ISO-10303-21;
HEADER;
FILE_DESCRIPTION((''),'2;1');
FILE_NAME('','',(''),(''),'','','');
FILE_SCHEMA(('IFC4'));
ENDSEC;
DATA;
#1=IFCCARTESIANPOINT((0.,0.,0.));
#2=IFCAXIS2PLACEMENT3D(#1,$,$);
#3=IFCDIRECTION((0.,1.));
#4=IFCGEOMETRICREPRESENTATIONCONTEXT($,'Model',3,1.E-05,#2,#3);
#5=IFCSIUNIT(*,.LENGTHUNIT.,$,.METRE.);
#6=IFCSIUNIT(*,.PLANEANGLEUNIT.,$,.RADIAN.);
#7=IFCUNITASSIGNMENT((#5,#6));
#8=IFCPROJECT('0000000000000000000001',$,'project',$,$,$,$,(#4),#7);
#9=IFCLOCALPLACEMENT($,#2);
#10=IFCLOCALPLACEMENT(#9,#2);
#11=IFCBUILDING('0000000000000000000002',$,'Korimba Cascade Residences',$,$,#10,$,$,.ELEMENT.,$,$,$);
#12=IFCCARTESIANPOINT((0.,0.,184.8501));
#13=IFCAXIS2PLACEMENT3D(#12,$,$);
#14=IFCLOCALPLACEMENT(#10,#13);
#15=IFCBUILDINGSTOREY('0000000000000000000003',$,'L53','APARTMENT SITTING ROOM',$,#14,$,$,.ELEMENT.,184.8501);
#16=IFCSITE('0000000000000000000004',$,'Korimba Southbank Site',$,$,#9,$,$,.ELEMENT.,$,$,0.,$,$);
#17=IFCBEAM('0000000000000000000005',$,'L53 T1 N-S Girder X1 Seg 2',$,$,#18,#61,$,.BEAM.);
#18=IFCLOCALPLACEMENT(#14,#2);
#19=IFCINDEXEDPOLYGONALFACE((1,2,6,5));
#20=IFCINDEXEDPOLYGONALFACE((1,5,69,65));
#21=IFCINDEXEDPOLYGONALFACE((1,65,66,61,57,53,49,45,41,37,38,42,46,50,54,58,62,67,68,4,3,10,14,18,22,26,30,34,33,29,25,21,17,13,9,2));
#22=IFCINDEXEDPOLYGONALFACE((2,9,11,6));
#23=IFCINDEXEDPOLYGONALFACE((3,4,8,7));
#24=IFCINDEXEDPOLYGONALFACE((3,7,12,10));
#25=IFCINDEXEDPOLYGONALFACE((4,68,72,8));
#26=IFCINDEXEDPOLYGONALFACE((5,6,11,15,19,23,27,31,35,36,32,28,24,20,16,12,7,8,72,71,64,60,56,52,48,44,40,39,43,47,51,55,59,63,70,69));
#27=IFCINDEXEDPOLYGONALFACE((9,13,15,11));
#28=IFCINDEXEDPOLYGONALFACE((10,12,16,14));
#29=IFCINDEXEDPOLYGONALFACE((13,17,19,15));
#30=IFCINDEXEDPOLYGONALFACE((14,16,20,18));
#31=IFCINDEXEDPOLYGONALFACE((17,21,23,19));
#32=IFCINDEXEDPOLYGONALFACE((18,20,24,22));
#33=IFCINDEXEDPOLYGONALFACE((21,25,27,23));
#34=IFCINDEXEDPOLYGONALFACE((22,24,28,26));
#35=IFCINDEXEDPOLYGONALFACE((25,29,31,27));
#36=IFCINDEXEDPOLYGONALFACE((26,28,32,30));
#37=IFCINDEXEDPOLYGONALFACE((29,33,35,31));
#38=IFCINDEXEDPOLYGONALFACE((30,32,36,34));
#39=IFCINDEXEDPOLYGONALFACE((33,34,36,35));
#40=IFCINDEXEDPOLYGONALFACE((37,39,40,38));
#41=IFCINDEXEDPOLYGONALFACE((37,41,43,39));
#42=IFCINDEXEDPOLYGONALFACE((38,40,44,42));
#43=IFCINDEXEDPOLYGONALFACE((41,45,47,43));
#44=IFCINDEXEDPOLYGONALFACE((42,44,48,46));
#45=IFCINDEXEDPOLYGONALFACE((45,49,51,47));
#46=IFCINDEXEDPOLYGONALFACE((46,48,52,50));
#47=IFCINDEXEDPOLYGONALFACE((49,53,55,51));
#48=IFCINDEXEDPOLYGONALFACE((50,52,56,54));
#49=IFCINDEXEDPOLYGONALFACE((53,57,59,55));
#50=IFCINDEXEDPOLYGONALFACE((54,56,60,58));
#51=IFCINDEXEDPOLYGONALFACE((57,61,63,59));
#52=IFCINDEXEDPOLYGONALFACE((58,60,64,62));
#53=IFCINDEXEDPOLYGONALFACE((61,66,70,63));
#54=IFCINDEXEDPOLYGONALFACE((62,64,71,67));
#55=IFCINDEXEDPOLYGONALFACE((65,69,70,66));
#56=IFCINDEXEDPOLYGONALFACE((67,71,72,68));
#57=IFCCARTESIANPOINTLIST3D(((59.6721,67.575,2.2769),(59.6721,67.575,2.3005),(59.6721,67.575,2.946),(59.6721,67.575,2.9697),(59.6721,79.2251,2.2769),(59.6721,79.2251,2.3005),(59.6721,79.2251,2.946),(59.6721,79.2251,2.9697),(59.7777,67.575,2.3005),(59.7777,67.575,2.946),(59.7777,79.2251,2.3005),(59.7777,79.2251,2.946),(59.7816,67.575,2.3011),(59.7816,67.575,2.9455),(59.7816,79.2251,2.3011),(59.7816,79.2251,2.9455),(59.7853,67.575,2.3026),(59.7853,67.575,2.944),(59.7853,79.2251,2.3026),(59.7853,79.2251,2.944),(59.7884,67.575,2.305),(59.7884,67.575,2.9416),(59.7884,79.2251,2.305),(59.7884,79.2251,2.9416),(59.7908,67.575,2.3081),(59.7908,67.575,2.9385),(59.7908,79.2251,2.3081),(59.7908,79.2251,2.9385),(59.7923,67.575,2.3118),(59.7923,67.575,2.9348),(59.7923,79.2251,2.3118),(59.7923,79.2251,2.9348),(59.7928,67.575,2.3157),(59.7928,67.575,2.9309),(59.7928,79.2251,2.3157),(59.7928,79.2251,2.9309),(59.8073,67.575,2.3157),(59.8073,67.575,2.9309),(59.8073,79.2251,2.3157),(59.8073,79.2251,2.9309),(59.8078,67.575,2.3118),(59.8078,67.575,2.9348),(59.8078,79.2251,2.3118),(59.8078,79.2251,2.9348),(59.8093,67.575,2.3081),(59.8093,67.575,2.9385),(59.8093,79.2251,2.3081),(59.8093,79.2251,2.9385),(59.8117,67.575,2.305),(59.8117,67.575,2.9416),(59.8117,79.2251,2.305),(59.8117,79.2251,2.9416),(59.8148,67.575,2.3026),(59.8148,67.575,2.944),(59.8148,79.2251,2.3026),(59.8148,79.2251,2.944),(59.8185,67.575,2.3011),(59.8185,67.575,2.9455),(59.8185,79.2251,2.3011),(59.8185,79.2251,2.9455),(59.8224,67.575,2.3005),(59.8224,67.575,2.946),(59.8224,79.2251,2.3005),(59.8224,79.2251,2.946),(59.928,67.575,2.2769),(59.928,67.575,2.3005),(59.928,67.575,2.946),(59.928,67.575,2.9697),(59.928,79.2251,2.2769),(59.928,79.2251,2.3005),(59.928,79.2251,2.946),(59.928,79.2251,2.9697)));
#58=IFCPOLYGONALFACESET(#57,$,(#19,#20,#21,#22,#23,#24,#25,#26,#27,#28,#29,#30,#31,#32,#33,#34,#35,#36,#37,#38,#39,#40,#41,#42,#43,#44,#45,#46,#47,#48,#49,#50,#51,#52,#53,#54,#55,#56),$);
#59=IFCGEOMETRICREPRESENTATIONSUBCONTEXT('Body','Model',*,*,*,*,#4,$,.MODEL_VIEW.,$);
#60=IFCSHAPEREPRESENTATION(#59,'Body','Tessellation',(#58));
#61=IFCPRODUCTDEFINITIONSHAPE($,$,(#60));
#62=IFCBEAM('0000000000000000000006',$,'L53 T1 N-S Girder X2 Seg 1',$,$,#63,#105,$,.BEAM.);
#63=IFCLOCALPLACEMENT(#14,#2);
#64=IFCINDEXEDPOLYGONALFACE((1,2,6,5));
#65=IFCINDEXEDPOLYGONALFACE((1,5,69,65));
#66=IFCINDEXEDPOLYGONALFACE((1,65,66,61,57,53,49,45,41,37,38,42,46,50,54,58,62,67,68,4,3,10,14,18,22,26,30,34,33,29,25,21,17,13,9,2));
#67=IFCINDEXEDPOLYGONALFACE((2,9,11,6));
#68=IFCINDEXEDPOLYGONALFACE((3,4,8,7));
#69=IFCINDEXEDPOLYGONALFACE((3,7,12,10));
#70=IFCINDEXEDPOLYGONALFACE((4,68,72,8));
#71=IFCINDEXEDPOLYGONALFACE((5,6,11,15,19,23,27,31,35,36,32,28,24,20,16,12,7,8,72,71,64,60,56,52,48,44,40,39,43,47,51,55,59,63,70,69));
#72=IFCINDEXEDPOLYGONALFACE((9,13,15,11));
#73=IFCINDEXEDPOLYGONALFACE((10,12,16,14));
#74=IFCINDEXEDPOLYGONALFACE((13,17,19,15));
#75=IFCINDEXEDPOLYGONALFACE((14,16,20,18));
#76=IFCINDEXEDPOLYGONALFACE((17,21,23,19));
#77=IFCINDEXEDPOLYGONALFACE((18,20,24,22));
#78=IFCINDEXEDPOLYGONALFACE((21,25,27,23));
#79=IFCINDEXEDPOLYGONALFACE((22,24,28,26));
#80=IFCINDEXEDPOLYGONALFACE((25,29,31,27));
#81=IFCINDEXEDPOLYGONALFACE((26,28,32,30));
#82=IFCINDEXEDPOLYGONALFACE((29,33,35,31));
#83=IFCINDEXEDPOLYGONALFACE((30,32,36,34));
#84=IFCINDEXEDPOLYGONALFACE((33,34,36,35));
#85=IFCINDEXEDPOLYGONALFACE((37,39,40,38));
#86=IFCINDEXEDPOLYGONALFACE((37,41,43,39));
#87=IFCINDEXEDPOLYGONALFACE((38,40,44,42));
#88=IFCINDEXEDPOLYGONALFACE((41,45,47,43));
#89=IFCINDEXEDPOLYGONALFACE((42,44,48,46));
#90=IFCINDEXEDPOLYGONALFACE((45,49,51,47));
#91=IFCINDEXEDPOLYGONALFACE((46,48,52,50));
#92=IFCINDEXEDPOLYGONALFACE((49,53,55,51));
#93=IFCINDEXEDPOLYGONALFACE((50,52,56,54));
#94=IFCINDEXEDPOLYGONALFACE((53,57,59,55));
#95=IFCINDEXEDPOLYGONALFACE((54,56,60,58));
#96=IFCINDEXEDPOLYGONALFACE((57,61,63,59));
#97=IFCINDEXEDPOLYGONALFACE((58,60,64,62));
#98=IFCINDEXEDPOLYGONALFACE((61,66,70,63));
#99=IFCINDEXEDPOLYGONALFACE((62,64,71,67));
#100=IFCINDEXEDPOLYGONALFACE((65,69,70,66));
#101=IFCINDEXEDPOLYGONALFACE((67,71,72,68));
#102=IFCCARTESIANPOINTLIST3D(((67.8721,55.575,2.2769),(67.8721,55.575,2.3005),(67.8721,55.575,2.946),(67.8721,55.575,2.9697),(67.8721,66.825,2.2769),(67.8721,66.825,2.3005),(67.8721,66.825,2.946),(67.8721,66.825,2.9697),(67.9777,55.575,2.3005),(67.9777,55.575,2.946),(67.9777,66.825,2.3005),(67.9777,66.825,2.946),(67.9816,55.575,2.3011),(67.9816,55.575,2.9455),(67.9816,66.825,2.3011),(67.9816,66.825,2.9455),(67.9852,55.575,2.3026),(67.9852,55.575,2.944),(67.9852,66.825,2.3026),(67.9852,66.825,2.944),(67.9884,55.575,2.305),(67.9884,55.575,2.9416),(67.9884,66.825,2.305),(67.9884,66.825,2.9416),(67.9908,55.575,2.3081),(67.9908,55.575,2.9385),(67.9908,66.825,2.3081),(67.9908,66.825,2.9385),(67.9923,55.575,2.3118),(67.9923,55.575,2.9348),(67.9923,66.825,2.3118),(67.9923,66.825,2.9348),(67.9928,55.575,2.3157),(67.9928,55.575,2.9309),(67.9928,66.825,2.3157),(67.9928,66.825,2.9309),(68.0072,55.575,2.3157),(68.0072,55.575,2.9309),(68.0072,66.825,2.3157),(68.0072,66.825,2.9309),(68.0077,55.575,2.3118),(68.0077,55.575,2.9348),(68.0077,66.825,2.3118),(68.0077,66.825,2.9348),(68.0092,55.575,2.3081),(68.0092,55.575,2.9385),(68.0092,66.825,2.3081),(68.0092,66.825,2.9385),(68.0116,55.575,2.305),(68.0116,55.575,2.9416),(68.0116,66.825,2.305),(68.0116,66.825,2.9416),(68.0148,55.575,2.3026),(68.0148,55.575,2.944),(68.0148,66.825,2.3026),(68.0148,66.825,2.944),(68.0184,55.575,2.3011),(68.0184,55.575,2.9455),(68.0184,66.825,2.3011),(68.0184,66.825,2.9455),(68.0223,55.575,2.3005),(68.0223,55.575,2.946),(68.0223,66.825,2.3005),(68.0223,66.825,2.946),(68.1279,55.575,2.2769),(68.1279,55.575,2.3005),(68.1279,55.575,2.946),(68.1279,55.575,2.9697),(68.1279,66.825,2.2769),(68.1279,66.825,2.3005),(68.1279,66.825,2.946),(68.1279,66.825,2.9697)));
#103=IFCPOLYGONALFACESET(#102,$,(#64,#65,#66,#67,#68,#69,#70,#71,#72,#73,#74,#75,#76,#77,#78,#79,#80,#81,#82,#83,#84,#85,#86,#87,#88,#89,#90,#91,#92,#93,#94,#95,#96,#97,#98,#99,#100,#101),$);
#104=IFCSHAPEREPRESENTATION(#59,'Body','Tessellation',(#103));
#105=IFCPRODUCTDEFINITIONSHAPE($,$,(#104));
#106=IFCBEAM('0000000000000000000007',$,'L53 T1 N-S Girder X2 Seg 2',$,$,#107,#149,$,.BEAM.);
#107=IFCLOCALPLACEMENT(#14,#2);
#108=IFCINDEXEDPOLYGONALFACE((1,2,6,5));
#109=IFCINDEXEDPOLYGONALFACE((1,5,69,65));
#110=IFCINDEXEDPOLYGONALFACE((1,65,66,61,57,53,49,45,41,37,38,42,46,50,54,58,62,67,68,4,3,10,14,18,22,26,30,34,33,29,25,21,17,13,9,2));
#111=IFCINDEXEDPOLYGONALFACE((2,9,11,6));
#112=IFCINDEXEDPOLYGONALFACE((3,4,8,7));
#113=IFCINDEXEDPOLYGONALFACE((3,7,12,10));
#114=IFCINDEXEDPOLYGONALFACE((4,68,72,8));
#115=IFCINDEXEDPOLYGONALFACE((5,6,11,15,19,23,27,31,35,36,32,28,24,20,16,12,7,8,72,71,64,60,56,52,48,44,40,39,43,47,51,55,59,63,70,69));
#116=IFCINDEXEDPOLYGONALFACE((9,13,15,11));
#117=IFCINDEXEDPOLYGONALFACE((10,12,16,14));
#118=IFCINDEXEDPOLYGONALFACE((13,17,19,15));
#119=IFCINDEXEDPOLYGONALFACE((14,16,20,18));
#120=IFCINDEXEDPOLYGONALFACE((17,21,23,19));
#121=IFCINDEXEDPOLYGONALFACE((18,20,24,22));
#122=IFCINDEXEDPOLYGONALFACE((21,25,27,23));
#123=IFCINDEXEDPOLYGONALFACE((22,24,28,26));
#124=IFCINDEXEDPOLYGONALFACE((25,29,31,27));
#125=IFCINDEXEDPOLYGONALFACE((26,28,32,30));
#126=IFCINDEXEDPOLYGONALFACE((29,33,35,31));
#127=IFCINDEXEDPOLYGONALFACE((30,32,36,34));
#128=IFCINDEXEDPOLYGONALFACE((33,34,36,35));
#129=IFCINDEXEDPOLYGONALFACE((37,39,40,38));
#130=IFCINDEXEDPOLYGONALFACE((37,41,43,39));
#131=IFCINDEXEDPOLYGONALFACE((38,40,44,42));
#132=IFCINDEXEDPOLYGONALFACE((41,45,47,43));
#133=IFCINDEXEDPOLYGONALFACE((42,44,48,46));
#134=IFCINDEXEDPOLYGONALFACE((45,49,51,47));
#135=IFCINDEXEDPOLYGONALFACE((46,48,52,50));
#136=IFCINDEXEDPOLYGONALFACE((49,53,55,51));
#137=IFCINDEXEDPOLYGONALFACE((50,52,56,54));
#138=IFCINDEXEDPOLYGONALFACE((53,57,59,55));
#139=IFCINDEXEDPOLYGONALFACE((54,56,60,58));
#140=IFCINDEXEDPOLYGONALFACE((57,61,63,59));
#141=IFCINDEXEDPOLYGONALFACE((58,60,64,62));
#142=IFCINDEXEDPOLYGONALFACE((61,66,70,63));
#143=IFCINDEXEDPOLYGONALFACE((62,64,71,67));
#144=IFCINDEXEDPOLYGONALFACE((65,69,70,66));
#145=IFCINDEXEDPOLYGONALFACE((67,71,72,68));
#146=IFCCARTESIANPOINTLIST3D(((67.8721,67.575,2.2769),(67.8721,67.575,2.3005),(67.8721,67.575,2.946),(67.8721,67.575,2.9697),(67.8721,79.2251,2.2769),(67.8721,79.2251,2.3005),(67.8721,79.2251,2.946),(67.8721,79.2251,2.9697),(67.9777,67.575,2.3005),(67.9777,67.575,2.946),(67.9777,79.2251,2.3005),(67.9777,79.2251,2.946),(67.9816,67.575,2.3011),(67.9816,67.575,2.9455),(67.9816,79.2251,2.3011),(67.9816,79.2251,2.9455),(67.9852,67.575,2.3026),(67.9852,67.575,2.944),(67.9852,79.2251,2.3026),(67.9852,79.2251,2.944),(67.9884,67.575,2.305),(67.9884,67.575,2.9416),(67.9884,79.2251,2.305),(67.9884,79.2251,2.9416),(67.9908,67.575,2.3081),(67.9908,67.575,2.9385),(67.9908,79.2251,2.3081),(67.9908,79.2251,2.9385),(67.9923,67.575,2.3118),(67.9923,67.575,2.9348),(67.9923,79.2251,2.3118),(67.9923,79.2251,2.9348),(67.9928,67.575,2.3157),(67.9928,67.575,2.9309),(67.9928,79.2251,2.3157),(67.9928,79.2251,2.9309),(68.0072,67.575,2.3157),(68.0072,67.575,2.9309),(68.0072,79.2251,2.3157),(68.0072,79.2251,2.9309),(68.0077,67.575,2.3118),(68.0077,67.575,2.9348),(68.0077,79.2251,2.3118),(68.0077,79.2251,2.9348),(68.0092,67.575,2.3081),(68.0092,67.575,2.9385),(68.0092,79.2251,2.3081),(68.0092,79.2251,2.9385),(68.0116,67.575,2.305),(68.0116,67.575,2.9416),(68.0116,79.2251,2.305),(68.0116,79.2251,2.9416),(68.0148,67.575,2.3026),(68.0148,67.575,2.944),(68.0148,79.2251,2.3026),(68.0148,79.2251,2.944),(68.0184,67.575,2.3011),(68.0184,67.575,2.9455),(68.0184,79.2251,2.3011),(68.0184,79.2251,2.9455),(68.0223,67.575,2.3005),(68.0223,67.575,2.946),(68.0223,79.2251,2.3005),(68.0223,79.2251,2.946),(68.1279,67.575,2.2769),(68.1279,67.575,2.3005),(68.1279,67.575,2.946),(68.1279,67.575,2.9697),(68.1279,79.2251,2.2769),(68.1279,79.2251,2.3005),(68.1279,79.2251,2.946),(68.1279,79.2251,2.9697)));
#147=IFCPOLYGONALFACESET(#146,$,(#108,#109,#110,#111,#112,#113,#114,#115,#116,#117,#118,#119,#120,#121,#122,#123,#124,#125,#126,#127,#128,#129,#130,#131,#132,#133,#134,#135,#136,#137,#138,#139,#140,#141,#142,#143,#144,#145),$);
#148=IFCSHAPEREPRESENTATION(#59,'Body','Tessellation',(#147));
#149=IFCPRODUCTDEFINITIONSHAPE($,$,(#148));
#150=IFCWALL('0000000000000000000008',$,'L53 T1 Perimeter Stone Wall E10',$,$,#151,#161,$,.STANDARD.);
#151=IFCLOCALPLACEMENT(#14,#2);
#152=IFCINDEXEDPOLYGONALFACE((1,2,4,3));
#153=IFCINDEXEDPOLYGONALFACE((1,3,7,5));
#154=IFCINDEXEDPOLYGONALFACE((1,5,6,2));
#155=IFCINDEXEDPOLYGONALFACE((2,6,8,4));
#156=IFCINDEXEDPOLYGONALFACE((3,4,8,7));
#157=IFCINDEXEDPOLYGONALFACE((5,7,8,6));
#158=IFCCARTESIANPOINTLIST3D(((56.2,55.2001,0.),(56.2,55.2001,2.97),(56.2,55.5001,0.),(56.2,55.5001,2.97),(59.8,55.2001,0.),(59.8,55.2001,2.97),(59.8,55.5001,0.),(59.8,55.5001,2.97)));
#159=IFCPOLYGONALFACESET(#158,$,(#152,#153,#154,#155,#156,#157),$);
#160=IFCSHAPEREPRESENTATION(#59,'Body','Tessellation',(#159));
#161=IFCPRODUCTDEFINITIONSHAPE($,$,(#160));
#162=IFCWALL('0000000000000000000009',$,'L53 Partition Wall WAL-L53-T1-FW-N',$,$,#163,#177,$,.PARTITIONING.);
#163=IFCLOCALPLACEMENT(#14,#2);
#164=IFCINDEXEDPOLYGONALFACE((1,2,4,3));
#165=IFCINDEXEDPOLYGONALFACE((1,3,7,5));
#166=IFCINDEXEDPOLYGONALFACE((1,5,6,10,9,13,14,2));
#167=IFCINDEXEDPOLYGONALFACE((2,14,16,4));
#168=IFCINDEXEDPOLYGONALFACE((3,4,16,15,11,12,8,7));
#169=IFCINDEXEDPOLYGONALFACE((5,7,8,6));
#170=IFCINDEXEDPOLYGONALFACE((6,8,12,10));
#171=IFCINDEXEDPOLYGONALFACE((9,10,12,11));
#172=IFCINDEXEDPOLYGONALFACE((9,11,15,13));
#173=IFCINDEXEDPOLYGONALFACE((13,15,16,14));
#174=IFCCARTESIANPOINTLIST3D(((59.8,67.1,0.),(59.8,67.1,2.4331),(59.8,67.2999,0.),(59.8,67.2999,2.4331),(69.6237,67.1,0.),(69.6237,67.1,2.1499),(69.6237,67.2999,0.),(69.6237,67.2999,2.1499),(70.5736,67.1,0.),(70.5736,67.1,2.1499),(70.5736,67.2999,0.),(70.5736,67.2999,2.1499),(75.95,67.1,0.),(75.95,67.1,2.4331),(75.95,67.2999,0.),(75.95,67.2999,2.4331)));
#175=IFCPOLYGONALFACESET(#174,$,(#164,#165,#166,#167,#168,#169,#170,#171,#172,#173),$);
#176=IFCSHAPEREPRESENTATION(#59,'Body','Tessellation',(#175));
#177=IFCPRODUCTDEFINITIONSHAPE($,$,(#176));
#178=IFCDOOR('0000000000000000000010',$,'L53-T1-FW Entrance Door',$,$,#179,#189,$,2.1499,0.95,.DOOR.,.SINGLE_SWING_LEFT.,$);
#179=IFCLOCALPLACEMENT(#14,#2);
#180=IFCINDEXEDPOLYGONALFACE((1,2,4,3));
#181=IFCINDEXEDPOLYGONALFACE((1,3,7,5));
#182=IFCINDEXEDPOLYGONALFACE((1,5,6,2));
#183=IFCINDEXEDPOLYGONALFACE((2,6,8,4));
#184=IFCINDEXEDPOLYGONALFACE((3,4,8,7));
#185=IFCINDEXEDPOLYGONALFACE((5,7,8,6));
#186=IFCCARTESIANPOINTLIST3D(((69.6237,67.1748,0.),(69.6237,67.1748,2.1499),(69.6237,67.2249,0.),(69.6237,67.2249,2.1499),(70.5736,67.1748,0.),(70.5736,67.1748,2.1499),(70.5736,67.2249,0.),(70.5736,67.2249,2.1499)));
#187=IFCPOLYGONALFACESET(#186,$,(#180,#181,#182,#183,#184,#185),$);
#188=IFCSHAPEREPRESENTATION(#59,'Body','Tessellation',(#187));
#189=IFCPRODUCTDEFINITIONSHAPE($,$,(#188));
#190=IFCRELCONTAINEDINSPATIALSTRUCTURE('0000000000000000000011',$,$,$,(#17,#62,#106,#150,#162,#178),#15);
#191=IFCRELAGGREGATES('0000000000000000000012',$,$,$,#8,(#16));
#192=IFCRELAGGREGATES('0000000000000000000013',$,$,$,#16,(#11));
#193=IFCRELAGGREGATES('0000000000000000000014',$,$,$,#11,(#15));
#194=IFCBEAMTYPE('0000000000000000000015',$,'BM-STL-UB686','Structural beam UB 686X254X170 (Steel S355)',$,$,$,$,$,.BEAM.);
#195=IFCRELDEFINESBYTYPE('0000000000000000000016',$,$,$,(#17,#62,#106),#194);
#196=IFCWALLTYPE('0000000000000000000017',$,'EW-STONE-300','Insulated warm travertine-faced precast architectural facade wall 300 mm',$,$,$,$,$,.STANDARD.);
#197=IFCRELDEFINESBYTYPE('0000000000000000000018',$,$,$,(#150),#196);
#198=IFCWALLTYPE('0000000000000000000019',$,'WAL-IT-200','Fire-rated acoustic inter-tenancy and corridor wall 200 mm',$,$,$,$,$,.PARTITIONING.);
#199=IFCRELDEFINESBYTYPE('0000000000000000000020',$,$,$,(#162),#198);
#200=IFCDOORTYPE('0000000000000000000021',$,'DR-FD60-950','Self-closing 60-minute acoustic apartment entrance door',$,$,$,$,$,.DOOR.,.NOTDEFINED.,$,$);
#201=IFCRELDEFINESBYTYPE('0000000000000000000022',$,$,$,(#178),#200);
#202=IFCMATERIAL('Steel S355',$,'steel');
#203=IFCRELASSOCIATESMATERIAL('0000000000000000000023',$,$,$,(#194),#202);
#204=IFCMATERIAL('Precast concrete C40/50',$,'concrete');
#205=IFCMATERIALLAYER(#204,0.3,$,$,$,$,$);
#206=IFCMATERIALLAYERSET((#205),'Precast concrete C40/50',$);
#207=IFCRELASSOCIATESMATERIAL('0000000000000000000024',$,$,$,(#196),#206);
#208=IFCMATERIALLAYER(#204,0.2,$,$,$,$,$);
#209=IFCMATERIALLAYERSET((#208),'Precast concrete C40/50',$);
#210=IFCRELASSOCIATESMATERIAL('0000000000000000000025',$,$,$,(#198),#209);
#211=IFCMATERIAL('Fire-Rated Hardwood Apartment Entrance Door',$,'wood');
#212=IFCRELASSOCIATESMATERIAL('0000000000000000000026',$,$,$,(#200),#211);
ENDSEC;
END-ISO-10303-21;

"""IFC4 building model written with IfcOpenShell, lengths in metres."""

from ifc_helpers import new_model, si_unit, direction, frame, frame_2d, origin, origin_2d, place, context, subcontext, project, spatial, rectangle, i_section, extrude, material, layer, layer_set, material_profile, profile_set, type_object, element, fill, save


model = new_model("IFC4")

# Units and contexts
model_context = context("Model", 3, precision=1e-05, world=origin(), true_north=direction((0.0, 1.0)))
body_context = subcontext(model_context, "Body", "Model", "MODEL_VIEW")
ifc_project = project(units=[si_unit("LENGTHUNIT", "METRE"), si_unit("PLANEANGLEUNIT", "RADIAN")], contexts=[model_context])

# Site, building, storey
site_placement = place(None, origin())
site = spatial("IfcSite", under=ifc_project, at=site_placement, Name="Korimba Southbank Site", CompositionType="ELEMENT", RefElevation=0.0)
building_placement = place(site_placement, origin())
building = spatial("IfcBuilding", under=site, at=building_placement, Name="Korimba Cascade Residences", CompositionType="ELEMENT")
storey_placement = place(building_placement, frame((0.0, 0.0, 184.8501)))
storey = spatial("IfcBuildingStorey", under=building, at=storey_placement, Name="L53", Description="APARTMENT SITTING ROOM", CompositionType="ELEMENT", Elevation=184.8501)

# Beams
ifc_material_1 = material(Name="Steel S355", Category="steel")
ifc_material_profile_1 = material_profile(ifc_material_1, i_section(OverallWidth=0.2559, OverallDepth=0.6929, WebThickness=0.0144, FlangeThickness=0.0237, FilletRadius=0.0151, at=origin_2d()), Name="Steel S355")
ifc_profile_set_1 = profile_set([ifc_material_profile_1], Name="Steel S355")
beam_type_1 = type_object("IfcBeamType", Name="BM-STL-UB686", Description="Structural beam UB 686X254X170 (Steel S355)", PredefinedType="BEAM", material=ifc_profile_set_1)
beam_1_placement = place(storey_placement, frame((59.8, 67.575, 2.6233), z_axis=(0.0, 1.0, 0.0), x_axis=(-1.0, 0.0, 0.0)))
element("IfcBeam", 1, at=beam_1_placement, inside=storey, type_object=beam_type_1, Name="L53 T1 N-S Girder X1 Seg 2", PredefinedType="BEAM", context=body_context, shape_type="SweptSolid", body=[
    extrude(i_section(OverallWidth=0.2559, OverallDepth=0.6929, WebThickness=0.0144, FlangeThickness=0.0237, FilletRadius=0.0151, at=origin_2d()), origin(), (0.0, 0.0, 1.0), 11.6501),
])
beam_2_placement = place(storey_placement, frame((68.0, 55.575, 2.6233), z_axis=(0.0, 1.0, 0.0), x_axis=(-1.0, 0.0, 0.0)))
element("IfcBeam", 2, at=beam_2_placement, inside=storey, type_object=beam_type_1, Name="L53 T1 N-S Girder X2 Seg 1", PredefinedType="BEAM", context=body_context, shape_type="SweptSolid", body=[
    extrude(i_section(OverallWidth=0.2559, OverallDepth=0.6929, WebThickness=0.0144, FlangeThickness=0.0237, FilletRadius=0.0151, at=origin_2d()), origin(), (0.0, 0.0, 1.0), 11.25),
])
beam_3_placement = place(storey_placement, frame((68.0, 67.575, 2.6233), z_axis=(0.0, 1.0, 0.0), x_axis=(-1.0, 0.0, 0.0)))
element("IfcBeam", 3, at=beam_3_placement, inside=storey, type_object=beam_type_1, Name="L53 T1 N-S Girder X2 Seg 2", PredefinedType="BEAM", context=body_context, shape_type="SweptSolid", body=[
    extrude(i_section(OverallWidth=0.2559, OverallDepth=0.6929, WebThickness=0.0144, FlangeThickness=0.0237, FilletRadius=0.0151, at=origin_2d()), origin(), (0.0, 0.0, 1.0), 11.6501),
])

# Wall
ifc_material_2 = material(Name="Precast concrete C40/50", Category="concrete")
ifc_layer_1 = layer(ifc_material_2, 0.3)
ifc_layer_set_1 = layer_set([ifc_layer_1], Name="Precast concrete C40/50")
wall_type_1 = type_object("IfcWallType", Name="EW-STONE-300", Description="Insulated warm travertine-faced precast architectural facade wall 300 mm", PredefinedType="STANDARD", material=ifc_layer_set_1)
wall_1_placement = place(storey_placement, frame((56.2, 55.3501, 0.0), z_axis=(0.0, 0.0, 1.0), x_axis=(1.0, 0.0, 0.0)))
element("IfcWall", 4, at=wall_1_placement, inside=storey, type_object=wall_type_1, Name="L53 T1 Perimeter Stone Wall E10", PredefinedType="STANDARD", context=body_context, shape_type="SweptSolid", body=[
    extrude(rectangle(XDim=3.6001, YDim=0.3, at=frame_2d((1.8, 0.0))), origin(), (0.0, 0.0, 1.0), 2.97),
])

# Wall, opening, door
ifc_layer_2 = layer(ifc_material_2, 0.2)
ifc_layer_set_2 = layer_set([ifc_layer_2], Name="Precast concrete C40/50")
wall_type_2 = type_object("IfcWallType", Name="WAL-IT-200", Description="Fire-rated acoustic inter-tenancy and corridor wall 200 mm", PredefinedType="PARTITIONING", material=ifc_layer_set_2)
wall_2_placement = place(storey_placement, frame((59.8, 67.2, 0.0), z_axis=(0.0, 0.0, 1.0), x_axis=(1.0, 0.0, 0.0)))
wall_2 = element("IfcWall", 5, at=wall_2_placement, inside=storey, type_object=wall_type_2, Name="L53 Partition Wall WAL-L53-T1-FW-N", PredefinedType="PARTITIONING", context=body_context, shape_type="SweptSolid", body=[
    extrude(rectangle(XDim=16.1499, YDim=0.2, at=frame_2d((8.075, 0.0))), origin(), (0.0, 0.0, 1.0), 2.4331),
])
opening_1_placement = place(wall_2_placement, frame((9.8235, 0.0, 0.0)))
opening_1 = element("IfcOpeningElement", 6, at=opening_1_placement, cuts=wall_2, PredefinedType="OPENING", context=body_context, shape_type="SweptSolid", body=[
    extrude(rectangle(XDim=0.95, YDim=2.1499, at=frame_2d((0.4751, 1.075))), frame((0.0, 0.1099, 0.0), z_axis=(0.0, -1.0, 0.0), x_axis=(1.0, 0.0, 0.0)), (0.0, 0.0, 1.0), 0.22),
])
ifc_material_3 = material(Name="Fire-Rated Hardwood Apartment Entrance Door", Category="wood")
door_type_1 = type_object("IfcDoorType", Name="DR-FD60-950", Description="Self-closing 60-minute acoustic apartment entrance door", OperationType="NOTDEFINED", PredefinedType="DOOR", material=ifc_material_3)
door_1_placement = place(opening_1_placement, origin())
door_1 = element("IfcDoor", 7, at=door_1_placement, inside=storey, type_object=door_type_1, Name="L53-T1-FW Entrance Door", OperationType="SINGLE_SWING_LEFT", OverallHeight=2.1499, OverallWidth=0.95, PredefinedType="DOOR", context=body_context, shape_type="SweptSolid", body=[
    extrude(rectangle(XDim=0.95, YDim=2.1499, at=frame_2d((0.4751, 1.075))), frame((0.0, 0.0249, 0.0), z_axis=(0.0, -1.0, 0.0), x_axis=(1.0, 0.0, 0.0)), (0.0, 0.0, 1.0), 0.05),
])
fill(opening_1, door_1)

save(model, "model.ifc")
